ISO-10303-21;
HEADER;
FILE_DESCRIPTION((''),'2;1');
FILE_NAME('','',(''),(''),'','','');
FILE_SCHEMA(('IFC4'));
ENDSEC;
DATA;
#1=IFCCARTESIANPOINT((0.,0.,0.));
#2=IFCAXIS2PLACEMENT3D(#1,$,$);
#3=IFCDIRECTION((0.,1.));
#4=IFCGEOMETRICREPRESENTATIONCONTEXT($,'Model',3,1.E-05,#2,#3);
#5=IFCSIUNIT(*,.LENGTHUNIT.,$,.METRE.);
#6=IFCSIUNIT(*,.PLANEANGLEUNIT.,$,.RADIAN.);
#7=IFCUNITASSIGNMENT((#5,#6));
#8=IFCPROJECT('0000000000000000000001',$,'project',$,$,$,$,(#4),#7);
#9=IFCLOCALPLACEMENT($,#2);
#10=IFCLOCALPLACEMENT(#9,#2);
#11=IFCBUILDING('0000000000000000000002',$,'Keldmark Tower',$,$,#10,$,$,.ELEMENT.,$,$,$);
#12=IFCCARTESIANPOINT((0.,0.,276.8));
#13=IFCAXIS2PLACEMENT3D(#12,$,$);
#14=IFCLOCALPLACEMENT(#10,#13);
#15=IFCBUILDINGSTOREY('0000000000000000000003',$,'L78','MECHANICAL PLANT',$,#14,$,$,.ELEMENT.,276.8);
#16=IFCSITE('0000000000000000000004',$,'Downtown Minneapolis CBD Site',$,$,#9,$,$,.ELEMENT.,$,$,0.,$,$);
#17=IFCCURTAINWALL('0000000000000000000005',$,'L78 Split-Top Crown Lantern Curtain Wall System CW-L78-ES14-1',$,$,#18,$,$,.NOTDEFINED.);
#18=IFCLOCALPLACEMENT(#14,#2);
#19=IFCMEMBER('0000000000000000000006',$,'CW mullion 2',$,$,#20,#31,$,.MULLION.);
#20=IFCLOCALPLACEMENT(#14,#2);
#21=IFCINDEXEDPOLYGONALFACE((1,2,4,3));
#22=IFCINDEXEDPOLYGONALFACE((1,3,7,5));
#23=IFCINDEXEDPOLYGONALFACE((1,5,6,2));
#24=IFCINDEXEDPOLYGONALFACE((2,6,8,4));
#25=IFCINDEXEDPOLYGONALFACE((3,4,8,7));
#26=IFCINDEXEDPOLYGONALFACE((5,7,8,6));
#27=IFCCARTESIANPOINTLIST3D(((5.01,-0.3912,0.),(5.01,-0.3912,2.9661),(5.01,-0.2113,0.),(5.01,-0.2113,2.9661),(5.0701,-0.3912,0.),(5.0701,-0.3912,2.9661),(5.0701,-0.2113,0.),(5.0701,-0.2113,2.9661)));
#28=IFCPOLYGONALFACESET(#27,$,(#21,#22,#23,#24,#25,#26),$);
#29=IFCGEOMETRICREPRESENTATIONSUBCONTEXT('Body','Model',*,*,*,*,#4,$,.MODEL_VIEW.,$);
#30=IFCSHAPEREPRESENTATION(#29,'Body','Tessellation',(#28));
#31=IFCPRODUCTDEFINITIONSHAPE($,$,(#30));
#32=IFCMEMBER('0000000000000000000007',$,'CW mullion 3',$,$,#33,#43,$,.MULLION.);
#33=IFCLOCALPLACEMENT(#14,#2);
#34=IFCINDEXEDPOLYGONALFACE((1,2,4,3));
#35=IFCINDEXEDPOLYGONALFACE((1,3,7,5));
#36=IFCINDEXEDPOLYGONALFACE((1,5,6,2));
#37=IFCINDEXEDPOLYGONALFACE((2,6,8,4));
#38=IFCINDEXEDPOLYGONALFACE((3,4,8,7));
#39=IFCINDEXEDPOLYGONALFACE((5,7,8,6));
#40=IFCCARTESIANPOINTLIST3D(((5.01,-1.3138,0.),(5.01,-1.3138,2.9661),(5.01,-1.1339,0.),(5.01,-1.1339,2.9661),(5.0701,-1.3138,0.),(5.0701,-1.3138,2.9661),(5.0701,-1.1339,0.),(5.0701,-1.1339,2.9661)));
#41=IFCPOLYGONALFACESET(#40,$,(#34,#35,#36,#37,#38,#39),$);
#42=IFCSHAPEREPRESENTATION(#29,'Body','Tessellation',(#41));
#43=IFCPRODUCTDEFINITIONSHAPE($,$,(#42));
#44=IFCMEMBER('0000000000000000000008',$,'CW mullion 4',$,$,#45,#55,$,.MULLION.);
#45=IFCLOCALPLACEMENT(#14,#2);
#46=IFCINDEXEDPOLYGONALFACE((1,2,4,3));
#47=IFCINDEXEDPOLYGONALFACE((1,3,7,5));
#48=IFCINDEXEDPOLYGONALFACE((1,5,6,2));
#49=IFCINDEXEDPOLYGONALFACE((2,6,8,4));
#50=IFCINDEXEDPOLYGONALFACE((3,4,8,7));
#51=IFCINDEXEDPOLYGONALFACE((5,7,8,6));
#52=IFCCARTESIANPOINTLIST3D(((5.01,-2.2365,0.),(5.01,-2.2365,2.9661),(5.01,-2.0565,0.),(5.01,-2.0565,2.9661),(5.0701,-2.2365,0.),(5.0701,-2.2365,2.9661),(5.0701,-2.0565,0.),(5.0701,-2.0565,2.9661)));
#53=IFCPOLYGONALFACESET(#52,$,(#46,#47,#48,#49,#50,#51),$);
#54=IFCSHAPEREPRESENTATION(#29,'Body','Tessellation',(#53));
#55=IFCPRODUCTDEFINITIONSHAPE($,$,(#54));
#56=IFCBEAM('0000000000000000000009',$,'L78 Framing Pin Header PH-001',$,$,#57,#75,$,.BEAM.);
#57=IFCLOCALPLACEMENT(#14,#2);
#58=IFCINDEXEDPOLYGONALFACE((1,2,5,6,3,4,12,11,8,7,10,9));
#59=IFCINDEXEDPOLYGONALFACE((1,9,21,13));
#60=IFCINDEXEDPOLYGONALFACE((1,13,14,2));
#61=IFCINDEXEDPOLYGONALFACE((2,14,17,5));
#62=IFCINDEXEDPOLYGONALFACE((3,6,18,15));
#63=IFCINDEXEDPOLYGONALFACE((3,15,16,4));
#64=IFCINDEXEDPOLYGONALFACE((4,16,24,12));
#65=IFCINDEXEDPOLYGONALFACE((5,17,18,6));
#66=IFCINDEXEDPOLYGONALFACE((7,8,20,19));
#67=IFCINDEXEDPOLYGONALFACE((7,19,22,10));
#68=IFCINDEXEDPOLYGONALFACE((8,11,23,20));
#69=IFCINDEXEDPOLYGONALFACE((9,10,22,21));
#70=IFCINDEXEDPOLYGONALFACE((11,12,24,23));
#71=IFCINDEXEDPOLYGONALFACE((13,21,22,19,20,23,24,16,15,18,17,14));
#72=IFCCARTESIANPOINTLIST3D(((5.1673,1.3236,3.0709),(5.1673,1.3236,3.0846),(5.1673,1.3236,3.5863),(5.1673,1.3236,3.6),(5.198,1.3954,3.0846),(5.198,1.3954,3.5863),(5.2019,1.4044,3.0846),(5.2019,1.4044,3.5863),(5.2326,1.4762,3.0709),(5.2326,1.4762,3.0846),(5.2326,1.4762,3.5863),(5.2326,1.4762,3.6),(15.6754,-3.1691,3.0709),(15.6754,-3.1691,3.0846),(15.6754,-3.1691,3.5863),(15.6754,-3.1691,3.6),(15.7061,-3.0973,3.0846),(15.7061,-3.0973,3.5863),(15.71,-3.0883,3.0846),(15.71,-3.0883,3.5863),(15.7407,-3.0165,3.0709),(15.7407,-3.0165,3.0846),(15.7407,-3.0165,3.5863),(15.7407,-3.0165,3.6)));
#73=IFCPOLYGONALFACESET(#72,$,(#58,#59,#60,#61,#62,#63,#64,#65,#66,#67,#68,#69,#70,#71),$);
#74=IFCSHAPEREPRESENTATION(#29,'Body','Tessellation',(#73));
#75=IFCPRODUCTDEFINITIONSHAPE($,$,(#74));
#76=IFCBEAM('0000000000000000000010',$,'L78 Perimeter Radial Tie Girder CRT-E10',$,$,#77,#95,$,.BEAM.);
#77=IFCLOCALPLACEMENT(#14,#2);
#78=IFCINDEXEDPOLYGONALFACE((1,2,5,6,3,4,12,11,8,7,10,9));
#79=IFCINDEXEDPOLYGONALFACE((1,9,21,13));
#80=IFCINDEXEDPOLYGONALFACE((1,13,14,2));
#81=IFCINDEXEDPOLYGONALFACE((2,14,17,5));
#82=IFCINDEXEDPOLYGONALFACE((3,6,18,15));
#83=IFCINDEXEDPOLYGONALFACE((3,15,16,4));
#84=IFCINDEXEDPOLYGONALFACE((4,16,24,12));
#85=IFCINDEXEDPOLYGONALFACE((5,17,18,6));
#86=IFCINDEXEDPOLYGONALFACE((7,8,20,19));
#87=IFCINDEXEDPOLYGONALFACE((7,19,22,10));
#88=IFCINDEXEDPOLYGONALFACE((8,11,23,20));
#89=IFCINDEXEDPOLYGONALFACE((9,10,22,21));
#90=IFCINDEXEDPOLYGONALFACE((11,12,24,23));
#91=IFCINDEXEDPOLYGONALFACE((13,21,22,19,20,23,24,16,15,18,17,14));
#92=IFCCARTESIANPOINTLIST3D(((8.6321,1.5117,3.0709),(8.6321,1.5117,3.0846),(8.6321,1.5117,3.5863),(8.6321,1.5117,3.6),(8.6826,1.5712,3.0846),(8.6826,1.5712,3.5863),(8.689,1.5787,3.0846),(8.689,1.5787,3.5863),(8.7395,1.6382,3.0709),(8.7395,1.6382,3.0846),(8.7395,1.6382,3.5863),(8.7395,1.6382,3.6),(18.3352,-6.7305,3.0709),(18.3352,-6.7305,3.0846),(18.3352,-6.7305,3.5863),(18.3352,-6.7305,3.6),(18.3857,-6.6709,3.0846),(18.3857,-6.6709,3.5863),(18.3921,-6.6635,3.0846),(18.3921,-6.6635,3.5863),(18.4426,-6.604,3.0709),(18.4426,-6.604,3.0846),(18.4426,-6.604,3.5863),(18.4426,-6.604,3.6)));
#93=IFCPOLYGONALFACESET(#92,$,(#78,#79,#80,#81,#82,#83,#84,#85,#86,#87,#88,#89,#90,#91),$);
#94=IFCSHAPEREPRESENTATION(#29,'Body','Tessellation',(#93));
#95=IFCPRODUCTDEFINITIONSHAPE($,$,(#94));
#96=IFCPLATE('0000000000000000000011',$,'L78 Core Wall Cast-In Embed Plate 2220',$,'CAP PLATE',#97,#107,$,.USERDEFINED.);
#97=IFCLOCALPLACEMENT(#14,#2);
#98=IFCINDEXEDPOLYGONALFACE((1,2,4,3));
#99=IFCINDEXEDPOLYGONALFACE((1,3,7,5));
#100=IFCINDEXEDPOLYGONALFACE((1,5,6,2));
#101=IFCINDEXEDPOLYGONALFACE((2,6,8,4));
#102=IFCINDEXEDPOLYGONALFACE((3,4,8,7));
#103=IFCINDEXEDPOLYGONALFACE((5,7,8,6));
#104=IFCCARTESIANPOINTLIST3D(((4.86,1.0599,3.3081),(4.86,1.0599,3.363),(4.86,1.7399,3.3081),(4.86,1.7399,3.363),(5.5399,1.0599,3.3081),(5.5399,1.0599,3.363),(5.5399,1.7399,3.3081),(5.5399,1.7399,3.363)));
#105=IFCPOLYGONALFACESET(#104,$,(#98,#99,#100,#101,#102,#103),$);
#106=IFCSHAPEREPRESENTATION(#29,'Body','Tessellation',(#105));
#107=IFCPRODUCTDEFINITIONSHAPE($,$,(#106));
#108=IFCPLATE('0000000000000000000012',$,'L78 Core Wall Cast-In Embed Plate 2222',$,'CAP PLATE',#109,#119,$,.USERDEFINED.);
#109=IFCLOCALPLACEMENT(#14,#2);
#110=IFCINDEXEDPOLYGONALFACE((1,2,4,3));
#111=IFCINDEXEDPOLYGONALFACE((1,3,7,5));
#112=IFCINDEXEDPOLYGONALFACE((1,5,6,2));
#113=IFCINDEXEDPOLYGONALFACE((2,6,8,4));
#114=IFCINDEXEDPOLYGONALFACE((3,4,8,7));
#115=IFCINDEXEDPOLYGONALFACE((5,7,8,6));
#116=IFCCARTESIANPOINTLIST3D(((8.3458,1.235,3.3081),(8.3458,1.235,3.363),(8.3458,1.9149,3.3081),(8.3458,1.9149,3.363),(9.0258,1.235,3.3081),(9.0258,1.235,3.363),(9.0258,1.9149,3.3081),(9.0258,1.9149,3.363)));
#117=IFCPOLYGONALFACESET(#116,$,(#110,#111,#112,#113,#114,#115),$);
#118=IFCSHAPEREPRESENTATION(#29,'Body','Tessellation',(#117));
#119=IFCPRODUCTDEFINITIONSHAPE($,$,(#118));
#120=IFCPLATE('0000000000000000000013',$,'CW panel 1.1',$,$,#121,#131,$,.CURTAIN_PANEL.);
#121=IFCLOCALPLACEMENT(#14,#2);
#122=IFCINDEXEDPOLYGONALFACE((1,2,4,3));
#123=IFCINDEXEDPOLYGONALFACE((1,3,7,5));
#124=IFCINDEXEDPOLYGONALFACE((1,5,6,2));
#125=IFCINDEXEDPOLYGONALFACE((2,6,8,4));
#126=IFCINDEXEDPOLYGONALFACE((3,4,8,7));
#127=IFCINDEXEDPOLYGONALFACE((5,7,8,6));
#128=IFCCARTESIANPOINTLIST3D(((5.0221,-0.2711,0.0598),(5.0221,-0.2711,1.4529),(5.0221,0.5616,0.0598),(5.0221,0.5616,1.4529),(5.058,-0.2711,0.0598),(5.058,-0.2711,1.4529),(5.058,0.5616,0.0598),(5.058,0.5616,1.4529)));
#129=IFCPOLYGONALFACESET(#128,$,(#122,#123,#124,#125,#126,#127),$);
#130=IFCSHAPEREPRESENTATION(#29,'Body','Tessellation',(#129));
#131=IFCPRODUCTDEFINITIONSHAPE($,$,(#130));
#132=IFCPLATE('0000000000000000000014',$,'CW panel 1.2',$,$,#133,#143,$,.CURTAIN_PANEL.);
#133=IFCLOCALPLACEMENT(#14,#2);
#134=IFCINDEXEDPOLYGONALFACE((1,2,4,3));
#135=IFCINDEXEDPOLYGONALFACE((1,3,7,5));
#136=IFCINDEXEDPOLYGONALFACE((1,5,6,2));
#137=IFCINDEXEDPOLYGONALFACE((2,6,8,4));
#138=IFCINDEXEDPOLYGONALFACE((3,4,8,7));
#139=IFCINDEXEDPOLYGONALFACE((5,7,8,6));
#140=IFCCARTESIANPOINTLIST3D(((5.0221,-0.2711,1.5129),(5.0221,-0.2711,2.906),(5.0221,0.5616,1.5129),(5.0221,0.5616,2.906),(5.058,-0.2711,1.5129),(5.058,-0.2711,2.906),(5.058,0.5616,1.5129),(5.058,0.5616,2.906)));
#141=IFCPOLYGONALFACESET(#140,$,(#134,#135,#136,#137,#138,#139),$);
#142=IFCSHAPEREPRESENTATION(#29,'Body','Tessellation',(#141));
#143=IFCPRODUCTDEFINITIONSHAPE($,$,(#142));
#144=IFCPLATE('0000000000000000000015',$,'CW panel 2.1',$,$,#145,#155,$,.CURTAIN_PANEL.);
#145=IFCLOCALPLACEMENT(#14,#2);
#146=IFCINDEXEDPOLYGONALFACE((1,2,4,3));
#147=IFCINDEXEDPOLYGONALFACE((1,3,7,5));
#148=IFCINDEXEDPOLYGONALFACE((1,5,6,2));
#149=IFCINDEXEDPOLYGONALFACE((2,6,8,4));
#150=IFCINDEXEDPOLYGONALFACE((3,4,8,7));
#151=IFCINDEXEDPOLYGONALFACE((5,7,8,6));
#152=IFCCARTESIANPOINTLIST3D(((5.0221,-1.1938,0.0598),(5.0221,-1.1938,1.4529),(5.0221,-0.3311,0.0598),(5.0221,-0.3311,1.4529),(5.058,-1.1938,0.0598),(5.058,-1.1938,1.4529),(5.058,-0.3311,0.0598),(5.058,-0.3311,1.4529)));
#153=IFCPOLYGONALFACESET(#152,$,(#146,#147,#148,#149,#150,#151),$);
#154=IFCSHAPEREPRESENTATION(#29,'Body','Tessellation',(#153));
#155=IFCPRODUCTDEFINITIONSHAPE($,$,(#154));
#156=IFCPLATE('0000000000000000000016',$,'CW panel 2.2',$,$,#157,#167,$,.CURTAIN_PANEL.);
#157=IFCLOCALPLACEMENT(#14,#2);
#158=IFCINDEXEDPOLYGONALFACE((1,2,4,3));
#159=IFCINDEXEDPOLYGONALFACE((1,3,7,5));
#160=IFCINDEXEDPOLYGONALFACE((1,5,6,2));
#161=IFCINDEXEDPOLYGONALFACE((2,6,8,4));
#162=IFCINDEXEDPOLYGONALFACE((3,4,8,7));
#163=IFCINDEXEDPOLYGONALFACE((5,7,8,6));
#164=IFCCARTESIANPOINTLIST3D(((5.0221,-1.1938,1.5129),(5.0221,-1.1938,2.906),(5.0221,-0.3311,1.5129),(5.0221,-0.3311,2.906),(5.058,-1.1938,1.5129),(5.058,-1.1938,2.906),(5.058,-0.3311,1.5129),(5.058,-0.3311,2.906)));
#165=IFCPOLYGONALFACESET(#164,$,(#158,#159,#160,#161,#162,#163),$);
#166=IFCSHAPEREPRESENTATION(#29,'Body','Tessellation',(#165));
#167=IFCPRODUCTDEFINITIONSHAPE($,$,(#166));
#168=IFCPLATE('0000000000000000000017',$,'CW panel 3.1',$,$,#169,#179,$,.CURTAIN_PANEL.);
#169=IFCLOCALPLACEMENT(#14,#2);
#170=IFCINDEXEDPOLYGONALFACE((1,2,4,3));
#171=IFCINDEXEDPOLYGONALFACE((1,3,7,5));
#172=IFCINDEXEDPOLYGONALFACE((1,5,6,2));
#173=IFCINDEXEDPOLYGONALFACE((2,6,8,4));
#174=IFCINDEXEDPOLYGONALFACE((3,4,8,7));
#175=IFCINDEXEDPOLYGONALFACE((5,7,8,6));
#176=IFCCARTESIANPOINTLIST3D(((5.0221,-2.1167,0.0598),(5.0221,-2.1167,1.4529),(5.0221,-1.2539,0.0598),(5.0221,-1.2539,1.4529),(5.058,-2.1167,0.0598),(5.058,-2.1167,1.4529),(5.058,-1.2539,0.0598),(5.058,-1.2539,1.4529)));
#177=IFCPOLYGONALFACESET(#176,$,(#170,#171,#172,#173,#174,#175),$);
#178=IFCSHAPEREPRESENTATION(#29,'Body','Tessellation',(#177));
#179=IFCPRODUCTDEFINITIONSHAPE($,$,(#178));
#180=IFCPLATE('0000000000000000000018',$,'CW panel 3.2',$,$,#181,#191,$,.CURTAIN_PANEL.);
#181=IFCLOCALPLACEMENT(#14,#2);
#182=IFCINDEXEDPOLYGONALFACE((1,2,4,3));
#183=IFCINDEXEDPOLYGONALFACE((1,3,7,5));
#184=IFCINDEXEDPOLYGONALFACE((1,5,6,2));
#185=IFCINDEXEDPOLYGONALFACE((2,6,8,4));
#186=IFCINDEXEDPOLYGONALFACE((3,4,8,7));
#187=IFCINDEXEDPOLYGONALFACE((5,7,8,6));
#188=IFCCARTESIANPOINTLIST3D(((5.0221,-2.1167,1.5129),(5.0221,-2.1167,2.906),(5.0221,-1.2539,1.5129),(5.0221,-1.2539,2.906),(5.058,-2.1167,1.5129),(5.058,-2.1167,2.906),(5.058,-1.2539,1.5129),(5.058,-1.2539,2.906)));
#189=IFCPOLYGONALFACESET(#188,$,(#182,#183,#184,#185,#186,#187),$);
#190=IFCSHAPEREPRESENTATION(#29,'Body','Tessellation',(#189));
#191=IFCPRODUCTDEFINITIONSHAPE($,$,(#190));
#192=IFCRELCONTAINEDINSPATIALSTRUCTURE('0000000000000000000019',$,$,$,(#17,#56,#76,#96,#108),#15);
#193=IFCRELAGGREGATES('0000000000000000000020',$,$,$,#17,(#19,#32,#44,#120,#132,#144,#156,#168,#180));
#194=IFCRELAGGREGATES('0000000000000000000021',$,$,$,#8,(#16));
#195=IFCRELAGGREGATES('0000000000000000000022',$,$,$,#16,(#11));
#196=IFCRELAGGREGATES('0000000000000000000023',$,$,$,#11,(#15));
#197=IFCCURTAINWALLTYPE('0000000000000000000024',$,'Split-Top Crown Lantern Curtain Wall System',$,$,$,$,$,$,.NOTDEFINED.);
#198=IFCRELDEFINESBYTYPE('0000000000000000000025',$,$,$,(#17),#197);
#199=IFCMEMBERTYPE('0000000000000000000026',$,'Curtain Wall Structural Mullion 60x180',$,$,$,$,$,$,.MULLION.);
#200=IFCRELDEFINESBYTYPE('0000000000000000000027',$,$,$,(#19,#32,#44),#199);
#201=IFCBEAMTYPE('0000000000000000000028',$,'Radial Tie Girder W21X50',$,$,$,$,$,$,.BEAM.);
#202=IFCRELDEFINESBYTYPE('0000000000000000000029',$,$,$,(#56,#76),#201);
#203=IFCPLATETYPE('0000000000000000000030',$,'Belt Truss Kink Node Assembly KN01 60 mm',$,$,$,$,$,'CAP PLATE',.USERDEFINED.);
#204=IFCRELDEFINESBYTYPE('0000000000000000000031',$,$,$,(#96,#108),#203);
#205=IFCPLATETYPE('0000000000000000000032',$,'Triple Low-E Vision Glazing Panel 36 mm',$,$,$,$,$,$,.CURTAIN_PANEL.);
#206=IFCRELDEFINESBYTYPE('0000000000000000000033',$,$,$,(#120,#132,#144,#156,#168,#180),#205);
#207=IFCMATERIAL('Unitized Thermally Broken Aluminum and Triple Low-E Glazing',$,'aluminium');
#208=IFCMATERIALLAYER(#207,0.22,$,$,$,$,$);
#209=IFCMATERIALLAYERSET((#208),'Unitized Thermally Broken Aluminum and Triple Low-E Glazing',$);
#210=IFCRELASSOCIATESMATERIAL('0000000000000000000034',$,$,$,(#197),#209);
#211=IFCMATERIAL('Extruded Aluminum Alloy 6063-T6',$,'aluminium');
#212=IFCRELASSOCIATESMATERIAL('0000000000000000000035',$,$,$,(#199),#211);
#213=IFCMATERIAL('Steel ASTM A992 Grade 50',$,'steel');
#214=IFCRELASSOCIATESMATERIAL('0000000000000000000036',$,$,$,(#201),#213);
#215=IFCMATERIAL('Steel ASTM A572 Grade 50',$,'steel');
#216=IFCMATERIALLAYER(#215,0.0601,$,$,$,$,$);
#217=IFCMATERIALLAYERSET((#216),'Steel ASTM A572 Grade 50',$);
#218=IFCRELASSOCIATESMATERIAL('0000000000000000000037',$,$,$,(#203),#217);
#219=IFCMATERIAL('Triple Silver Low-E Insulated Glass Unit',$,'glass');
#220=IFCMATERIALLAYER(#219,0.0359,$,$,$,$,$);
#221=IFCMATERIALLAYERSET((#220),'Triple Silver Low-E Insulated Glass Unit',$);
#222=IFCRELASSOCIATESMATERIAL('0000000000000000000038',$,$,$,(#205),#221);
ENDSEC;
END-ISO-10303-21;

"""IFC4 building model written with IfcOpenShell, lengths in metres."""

from ifc_helpers import new_model, si_unit, direction, frame, origin, origin_2d, place, context, subcontext, project, spatial, rectangle, i_section, extrude, material, layer, layer_set, material_profile, profile_set, type_object, element, aggregate, save


model = new_model("IFC4")

# Units and contexts
model_context = context("Model", 3, precision=1e-05, world=origin(), true_north=direction((0.0, 1.0)))
body_context = subcontext(model_context, "Body", "Model", "MODEL_VIEW")
ifc_project = project(units=[si_unit("LENGTHUNIT", "METRE"), si_unit("PLANEANGLEUNIT", "RADIAN")], contexts=[model_context])

# Site, building, storey
site_placement = place(None, origin())
site = spatial("IfcSite", under=ifc_project, at=site_placement, Name="Downtown Minneapolis CBD Site", CompositionType="ELEMENT", RefElevation=0.0)
building_placement = place(site_placement, origin())
building = spatial("IfcBuilding", under=site, at=building_placement, Name="Keldmark Tower", CompositionType="ELEMENT")
storey_placement = place(building_placement, frame((0.0, 0.0, 276.8)))
storey = spatial("IfcBuildingStorey", under=building, at=storey_placement, Name="L78", Description="MECHANICAL PLANT", CompositionType="ELEMENT", Elevation=276.8)

# Curtain wall, members
ifc_material_1 = material(Name="Unitized Thermally Broken Aluminum and Triple Low-E Glazing", Category="aluminium")
ifc_layer_1 = layer(ifc_material_1, 0.22)
ifc_layer_set_1 = layer_set([ifc_layer_1], Name="Unitized Thermally Broken Aluminum and Triple Low-E Glazing")
curtain_wall_type = type_object("IfcCurtainWallType", Name="Split-Top Crown Lantern Curtain Wall System", PredefinedType="NOTDEFINED", material=ifc_layer_set_1)
curtain_wall_placement = place(storey_placement, origin())
curtain_wall = element("IfcCurtainWall", 1, at=curtain_wall_placement, inside=storey, type_object=curtain_wall_type, Name="L78 Split-Top Crown Lantern Curtain Wall System CW-L78-ES14-1", PredefinedType="NOTDEFINED")
ifc_material_2 = material(Name="Extruded Aluminum Alloy 6063-T6", Category="aluminium")
ifc_material_profile_1 = material_profile(ifc_material_2, rectangle(XDim=0.0601, YDim=0.1799, at=origin_2d()), Name="CWM60X180")
ifc_profile_set_1 = profile_set([ifc_material_profile_1], Name="Extruded Aluminum Alloy 6063-T6")
member_type_1 = type_object("IfcMemberType", Name="Curtain Wall Structural Mullion 60x180", PredefinedType="MULLION", material=ifc_profile_set_1)
member_1_placement = place(storey_placement, frame((5.04, -0.3013, 0.0), z_axis=(0.0, 0.0, 1.0), x_axis=(1.0, 0.0, 0.0)))
member_1 = element("IfcMember", 2, at=member_1_placement, type_object=member_type_1, Name="CW mullion 2", PredefinedType="MULLION", context=body_context, shape_type="SweptSolid", body=[
    extrude(rectangle(XDim=0.0601, YDim=0.1799, at=origin_2d()), origin(), (0.0, 0.0, 1.0), 2.9661),
])
member_2_placement = place(storey_placement, frame((5.04, -1.2239, 0.0), z_axis=(0.0, 0.0, 1.0), x_axis=(1.0, 0.0, 0.0)))
member_2 = element("IfcMember", 3, at=member_2_placement, type_object=member_type_1, Name="CW mullion 3", PredefinedType="MULLION", context=body_context, shape_type="SweptSolid", body=[
    extrude(rectangle(XDim=0.0601, YDim=0.1799, at=origin_2d()), origin(), (0.0, 0.0, 1.0), 2.9661),
])
member_3_placement = place(storey_placement, frame((5.04, -2.1465, 0.0), z_axis=(0.0, 0.0, 1.0), x_axis=(1.0, 0.0, 0.0)))
member_3 = element("IfcMember", 4, at=member_3_placement, type_object=member_type_1, Name="CW mullion 4", PredefinedType="MULLION", context=body_context, shape_type="SweptSolid", body=[
    extrude(rectangle(XDim=0.0601, YDim=0.1799, at=origin_2d()), origin(), (0.0, 0.0, 1.0), 2.9661),
])

# Beams
ifc_material_3 = material(Name="Steel ASTM A992 Grade 50", Category="steel")
ifc_material_profile_2 = material_profile(ifc_material_3, i_section(OverallWidth=0.166, OverallDepth=0.5291, WebThickness=0.0098, FlangeThickness=0.0137, at=origin_2d()), Name="W21X50")
ifc_profile_set_2 = profile_set([ifc_material_profile_2], Name="Steel ASTM A992 Grade 50")
beam_type_1 = type_object("IfcBeamType", Name="Radial Tie Girder W21X50", PredefinedType="BEAM", material=ifc_profile_set_2)
beam_1_placement = place(storey_placement, frame((5.2, 1.3999, 3.3354), z_axis=(0.919486, -0.393122, 0.0), x_axis=(0.393122, 0.919486, 0.0)))
element("IfcBeam", 5, at=beam_1_placement, inside=storey, type_object=beam_type_1, Name="L78 Framing Pin Header PH-001", PredefinedType="BEAM", context=body_context, shape_type="SweptSolid", body=[
    extrude(i_section(OverallWidth=0.166, OverallDepth=0.5291, WebThickness=0.0098, FlangeThickness=0.0137, at=origin_2d()), origin(), (0.0, 0.0, 1.0), 11.4282),
])
beam_2_placement = place(storey_placement, frame((8.6858, 1.575, 3.3354), z_axis=(0.762151, -0.647399, 0.0), x_axis=(0.647399, 0.762151, 0.0)))
element("IfcBeam", 6, at=beam_2_placement, inside=storey, type_object=beam_type_1, Name="L78 Perimeter Radial Tie Girder CRT-E10", PredefinedType="BEAM", context=body_context, shape_type="SweptSolid", body=[
    extrude(i_section(OverallWidth=0.166, OverallDepth=0.5291, WebThickness=0.0098, FlangeThickness=0.0137, at=origin_2d()), origin(), (0.0, 0.0, 1.0), 12.7312),
])

# Plates
ifc_material_4 = material(Name="Steel ASTM A572 Grade 50", Category="steel")
ifc_layer_2 = layer(ifc_material_4, 0.0601)
ifc_layer_set_2 = layer_set([ifc_layer_2], Name="Steel ASTM A572 Grade 50")
plate_type_1 = type_object("IfcPlateType", Name="Belt Truss Kink Node Assembly KN01 60 mm", ElementType="CAP PLATE", PredefinedType="USERDEFINED", material=ifc_layer_set_2)
for number, where, z_axis, x_axis, name in (
    (7, (5.2, 1.3999, 3.3081), (0.0, 0.0, 1.0), (1.0, 0.0, 0.0), "L78 Core Wall Cast-In Embed Plate 2220"),
    (8, (8.6858, 1.575, 3.3081), (0.0, 0.0, 1.0), (1.0, 0.0, 0.0), "L78 Core Wall Cast-In Embed Plate 2222"),
):
    element("IfcPlate", number, at=place(storey_placement, frame(where, z_axis=z_axis, x_axis=x_axis)), inside=storey, type_object=plate_type_1, Name=name, ObjectType="CAP PLATE", PredefinedType="USERDEFINED", context=body_context, shape_type="SweptSolid", body=[
        extrude(rectangle(XDim=0.6799, YDim=0.6799, at=origin_2d()), origin(), (0.0, 0.0, 1.0), 0.0549),
    ])

# Plates
ifc_material_5 = material(Name="Triple Silver Low-E Insulated Glass Unit", Category="glass")
ifc_layer_3 = layer(ifc_material_5, 0.0359)
ifc_layer_set_3 = layer_set([ifc_layer_3], Name="Triple Silver Low-E Insulated Glass Unit")
plate_type_2 = type_object("IfcPlateType", Name="Triple Low-E Vision Glazing Panel 36 mm", PredefinedType="CURTAIN_PANEL", material=ifc_layer_set_3)
plate_1_placement = place(storey_placement, frame((5.04, 0.1453, 0.0598), z_axis=(0.0, 0.0, 1.0), x_axis=(0.0, -1.0, 0.0)))
plate_1 = element("IfcPlate", 9, at=plate_1_placement, type_object=plate_type_2, Name="CW panel 1.1", PredefinedType="CURTAIN_PANEL", context=body_context, shape_type="SweptSolid", body=[
    extrude(rectangle(XDim=0.8328, YDim=0.0359, at=origin_2d()), origin(), (0.0, 0.0, 1.0), 1.3931),
])
plate_2_placement = place(storey_placement, frame((5.04, 0.1453, 1.5129), z_axis=(0.0, 0.0, 1.0), x_axis=(0.0, -1.0, 0.0)))
plate_2 = element("IfcPlate", 10, at=plate_2_placement, type_object=plate_type_2, Name="CW panel 1.2", PredefinedType="CURTAIN_PANEL", context=body_context, shape_type="SweptSolid", body=[
    extrude(rectangle(XDim=0.8328, YDim=0.0359, at=origin_2d()), origin(), (0.0, 0.0, 1.0), 1.3931),
])
plate_3_placement = place(storey_placement, frame((5.04, -0.7625, 0.0598), z_axis=(0.0, 0.0, 1.0), x_axis=(0.0, -1.0, 0.0)))
plate_3 = element("IfcPlate", 11, at=plate_3_placement, type_object=plate_type_2, Name="CW panel 2.1", PredefinedType="CURTAIN_PANEL", context=body_context, shape_type="SweptSolid", body=[
    extrude(rectangle(XDim=0.8628, YDim=0.0359, at=origin_2d()), origin(), (0.0, 0.0, 1.0), 1.3931),
])
plate_4_placement = place(storey_placement, frame((5.04, -0.7625, 1.5129), z_axis=(0.0, 0.0, 1.0), x_axis=(0.0, -1.0, 0.0)))
plate_4 = element("IfcPlate", 12, at=plate_4_placement, type_object=plate_type_2, Name="CW panel 2.2", PredefinedType="CURTAIN_PANEL", context=body_context, shape_type="SweptSolid", body=[
    extrude(rectangle(XDim=0.8628, YDim=0.0359, at=origin_2d()), origin(), (0.0, 0.0, 1.0), 1.3931),
])
plate_5_placement = place(storey_placement, frame((5.04, -1.6853, 0.0598), z_axis=(0.0, 0.0, 1.0), x_axis=(0.0, -1.0, 0.0)))
plate_5 = element("IfcPlate", 13, at=plate_5_placement, type_object=plate_type_2, Name="CW panel 3.1", PredefinedType="CURTAIN_PANEL", context=body_context, shape_type="SweptSolid", body=[
    extrude(rectangle(XDim=0.8628, YDim=0.0359, at=origin_2d()), origin(), (0.0, 0.0, 1.0), 1.3931),
])
plate_6_placement = place(storey_placement, frame((5.04, -1.6853, 1.5129), z_axis=(0.0, 0.0, 1.0), x_axis=(0.0, -1.0, 0.0)))
plate_6 = element("IfcPlate", 14, at=plate_6_placement, type_object=plate_type_2, Name="CW panel 3.2", PredefinedType="CURTAIN_PANEL", context=body_context, shape_type="SweptSolid", body=[
    extrude(rectangle(XDim=0.8628, YDim=0.0359, at=origin_2d()), origin(), (0.0, 0.0, 1.0), 1.3931),
])
aggregate(curtain_wall, [member_1, member_2, member_3, plate_1, plate_2, plate_3, plate_4, plate_5, plate_6])

save(model, "model.ifc")
